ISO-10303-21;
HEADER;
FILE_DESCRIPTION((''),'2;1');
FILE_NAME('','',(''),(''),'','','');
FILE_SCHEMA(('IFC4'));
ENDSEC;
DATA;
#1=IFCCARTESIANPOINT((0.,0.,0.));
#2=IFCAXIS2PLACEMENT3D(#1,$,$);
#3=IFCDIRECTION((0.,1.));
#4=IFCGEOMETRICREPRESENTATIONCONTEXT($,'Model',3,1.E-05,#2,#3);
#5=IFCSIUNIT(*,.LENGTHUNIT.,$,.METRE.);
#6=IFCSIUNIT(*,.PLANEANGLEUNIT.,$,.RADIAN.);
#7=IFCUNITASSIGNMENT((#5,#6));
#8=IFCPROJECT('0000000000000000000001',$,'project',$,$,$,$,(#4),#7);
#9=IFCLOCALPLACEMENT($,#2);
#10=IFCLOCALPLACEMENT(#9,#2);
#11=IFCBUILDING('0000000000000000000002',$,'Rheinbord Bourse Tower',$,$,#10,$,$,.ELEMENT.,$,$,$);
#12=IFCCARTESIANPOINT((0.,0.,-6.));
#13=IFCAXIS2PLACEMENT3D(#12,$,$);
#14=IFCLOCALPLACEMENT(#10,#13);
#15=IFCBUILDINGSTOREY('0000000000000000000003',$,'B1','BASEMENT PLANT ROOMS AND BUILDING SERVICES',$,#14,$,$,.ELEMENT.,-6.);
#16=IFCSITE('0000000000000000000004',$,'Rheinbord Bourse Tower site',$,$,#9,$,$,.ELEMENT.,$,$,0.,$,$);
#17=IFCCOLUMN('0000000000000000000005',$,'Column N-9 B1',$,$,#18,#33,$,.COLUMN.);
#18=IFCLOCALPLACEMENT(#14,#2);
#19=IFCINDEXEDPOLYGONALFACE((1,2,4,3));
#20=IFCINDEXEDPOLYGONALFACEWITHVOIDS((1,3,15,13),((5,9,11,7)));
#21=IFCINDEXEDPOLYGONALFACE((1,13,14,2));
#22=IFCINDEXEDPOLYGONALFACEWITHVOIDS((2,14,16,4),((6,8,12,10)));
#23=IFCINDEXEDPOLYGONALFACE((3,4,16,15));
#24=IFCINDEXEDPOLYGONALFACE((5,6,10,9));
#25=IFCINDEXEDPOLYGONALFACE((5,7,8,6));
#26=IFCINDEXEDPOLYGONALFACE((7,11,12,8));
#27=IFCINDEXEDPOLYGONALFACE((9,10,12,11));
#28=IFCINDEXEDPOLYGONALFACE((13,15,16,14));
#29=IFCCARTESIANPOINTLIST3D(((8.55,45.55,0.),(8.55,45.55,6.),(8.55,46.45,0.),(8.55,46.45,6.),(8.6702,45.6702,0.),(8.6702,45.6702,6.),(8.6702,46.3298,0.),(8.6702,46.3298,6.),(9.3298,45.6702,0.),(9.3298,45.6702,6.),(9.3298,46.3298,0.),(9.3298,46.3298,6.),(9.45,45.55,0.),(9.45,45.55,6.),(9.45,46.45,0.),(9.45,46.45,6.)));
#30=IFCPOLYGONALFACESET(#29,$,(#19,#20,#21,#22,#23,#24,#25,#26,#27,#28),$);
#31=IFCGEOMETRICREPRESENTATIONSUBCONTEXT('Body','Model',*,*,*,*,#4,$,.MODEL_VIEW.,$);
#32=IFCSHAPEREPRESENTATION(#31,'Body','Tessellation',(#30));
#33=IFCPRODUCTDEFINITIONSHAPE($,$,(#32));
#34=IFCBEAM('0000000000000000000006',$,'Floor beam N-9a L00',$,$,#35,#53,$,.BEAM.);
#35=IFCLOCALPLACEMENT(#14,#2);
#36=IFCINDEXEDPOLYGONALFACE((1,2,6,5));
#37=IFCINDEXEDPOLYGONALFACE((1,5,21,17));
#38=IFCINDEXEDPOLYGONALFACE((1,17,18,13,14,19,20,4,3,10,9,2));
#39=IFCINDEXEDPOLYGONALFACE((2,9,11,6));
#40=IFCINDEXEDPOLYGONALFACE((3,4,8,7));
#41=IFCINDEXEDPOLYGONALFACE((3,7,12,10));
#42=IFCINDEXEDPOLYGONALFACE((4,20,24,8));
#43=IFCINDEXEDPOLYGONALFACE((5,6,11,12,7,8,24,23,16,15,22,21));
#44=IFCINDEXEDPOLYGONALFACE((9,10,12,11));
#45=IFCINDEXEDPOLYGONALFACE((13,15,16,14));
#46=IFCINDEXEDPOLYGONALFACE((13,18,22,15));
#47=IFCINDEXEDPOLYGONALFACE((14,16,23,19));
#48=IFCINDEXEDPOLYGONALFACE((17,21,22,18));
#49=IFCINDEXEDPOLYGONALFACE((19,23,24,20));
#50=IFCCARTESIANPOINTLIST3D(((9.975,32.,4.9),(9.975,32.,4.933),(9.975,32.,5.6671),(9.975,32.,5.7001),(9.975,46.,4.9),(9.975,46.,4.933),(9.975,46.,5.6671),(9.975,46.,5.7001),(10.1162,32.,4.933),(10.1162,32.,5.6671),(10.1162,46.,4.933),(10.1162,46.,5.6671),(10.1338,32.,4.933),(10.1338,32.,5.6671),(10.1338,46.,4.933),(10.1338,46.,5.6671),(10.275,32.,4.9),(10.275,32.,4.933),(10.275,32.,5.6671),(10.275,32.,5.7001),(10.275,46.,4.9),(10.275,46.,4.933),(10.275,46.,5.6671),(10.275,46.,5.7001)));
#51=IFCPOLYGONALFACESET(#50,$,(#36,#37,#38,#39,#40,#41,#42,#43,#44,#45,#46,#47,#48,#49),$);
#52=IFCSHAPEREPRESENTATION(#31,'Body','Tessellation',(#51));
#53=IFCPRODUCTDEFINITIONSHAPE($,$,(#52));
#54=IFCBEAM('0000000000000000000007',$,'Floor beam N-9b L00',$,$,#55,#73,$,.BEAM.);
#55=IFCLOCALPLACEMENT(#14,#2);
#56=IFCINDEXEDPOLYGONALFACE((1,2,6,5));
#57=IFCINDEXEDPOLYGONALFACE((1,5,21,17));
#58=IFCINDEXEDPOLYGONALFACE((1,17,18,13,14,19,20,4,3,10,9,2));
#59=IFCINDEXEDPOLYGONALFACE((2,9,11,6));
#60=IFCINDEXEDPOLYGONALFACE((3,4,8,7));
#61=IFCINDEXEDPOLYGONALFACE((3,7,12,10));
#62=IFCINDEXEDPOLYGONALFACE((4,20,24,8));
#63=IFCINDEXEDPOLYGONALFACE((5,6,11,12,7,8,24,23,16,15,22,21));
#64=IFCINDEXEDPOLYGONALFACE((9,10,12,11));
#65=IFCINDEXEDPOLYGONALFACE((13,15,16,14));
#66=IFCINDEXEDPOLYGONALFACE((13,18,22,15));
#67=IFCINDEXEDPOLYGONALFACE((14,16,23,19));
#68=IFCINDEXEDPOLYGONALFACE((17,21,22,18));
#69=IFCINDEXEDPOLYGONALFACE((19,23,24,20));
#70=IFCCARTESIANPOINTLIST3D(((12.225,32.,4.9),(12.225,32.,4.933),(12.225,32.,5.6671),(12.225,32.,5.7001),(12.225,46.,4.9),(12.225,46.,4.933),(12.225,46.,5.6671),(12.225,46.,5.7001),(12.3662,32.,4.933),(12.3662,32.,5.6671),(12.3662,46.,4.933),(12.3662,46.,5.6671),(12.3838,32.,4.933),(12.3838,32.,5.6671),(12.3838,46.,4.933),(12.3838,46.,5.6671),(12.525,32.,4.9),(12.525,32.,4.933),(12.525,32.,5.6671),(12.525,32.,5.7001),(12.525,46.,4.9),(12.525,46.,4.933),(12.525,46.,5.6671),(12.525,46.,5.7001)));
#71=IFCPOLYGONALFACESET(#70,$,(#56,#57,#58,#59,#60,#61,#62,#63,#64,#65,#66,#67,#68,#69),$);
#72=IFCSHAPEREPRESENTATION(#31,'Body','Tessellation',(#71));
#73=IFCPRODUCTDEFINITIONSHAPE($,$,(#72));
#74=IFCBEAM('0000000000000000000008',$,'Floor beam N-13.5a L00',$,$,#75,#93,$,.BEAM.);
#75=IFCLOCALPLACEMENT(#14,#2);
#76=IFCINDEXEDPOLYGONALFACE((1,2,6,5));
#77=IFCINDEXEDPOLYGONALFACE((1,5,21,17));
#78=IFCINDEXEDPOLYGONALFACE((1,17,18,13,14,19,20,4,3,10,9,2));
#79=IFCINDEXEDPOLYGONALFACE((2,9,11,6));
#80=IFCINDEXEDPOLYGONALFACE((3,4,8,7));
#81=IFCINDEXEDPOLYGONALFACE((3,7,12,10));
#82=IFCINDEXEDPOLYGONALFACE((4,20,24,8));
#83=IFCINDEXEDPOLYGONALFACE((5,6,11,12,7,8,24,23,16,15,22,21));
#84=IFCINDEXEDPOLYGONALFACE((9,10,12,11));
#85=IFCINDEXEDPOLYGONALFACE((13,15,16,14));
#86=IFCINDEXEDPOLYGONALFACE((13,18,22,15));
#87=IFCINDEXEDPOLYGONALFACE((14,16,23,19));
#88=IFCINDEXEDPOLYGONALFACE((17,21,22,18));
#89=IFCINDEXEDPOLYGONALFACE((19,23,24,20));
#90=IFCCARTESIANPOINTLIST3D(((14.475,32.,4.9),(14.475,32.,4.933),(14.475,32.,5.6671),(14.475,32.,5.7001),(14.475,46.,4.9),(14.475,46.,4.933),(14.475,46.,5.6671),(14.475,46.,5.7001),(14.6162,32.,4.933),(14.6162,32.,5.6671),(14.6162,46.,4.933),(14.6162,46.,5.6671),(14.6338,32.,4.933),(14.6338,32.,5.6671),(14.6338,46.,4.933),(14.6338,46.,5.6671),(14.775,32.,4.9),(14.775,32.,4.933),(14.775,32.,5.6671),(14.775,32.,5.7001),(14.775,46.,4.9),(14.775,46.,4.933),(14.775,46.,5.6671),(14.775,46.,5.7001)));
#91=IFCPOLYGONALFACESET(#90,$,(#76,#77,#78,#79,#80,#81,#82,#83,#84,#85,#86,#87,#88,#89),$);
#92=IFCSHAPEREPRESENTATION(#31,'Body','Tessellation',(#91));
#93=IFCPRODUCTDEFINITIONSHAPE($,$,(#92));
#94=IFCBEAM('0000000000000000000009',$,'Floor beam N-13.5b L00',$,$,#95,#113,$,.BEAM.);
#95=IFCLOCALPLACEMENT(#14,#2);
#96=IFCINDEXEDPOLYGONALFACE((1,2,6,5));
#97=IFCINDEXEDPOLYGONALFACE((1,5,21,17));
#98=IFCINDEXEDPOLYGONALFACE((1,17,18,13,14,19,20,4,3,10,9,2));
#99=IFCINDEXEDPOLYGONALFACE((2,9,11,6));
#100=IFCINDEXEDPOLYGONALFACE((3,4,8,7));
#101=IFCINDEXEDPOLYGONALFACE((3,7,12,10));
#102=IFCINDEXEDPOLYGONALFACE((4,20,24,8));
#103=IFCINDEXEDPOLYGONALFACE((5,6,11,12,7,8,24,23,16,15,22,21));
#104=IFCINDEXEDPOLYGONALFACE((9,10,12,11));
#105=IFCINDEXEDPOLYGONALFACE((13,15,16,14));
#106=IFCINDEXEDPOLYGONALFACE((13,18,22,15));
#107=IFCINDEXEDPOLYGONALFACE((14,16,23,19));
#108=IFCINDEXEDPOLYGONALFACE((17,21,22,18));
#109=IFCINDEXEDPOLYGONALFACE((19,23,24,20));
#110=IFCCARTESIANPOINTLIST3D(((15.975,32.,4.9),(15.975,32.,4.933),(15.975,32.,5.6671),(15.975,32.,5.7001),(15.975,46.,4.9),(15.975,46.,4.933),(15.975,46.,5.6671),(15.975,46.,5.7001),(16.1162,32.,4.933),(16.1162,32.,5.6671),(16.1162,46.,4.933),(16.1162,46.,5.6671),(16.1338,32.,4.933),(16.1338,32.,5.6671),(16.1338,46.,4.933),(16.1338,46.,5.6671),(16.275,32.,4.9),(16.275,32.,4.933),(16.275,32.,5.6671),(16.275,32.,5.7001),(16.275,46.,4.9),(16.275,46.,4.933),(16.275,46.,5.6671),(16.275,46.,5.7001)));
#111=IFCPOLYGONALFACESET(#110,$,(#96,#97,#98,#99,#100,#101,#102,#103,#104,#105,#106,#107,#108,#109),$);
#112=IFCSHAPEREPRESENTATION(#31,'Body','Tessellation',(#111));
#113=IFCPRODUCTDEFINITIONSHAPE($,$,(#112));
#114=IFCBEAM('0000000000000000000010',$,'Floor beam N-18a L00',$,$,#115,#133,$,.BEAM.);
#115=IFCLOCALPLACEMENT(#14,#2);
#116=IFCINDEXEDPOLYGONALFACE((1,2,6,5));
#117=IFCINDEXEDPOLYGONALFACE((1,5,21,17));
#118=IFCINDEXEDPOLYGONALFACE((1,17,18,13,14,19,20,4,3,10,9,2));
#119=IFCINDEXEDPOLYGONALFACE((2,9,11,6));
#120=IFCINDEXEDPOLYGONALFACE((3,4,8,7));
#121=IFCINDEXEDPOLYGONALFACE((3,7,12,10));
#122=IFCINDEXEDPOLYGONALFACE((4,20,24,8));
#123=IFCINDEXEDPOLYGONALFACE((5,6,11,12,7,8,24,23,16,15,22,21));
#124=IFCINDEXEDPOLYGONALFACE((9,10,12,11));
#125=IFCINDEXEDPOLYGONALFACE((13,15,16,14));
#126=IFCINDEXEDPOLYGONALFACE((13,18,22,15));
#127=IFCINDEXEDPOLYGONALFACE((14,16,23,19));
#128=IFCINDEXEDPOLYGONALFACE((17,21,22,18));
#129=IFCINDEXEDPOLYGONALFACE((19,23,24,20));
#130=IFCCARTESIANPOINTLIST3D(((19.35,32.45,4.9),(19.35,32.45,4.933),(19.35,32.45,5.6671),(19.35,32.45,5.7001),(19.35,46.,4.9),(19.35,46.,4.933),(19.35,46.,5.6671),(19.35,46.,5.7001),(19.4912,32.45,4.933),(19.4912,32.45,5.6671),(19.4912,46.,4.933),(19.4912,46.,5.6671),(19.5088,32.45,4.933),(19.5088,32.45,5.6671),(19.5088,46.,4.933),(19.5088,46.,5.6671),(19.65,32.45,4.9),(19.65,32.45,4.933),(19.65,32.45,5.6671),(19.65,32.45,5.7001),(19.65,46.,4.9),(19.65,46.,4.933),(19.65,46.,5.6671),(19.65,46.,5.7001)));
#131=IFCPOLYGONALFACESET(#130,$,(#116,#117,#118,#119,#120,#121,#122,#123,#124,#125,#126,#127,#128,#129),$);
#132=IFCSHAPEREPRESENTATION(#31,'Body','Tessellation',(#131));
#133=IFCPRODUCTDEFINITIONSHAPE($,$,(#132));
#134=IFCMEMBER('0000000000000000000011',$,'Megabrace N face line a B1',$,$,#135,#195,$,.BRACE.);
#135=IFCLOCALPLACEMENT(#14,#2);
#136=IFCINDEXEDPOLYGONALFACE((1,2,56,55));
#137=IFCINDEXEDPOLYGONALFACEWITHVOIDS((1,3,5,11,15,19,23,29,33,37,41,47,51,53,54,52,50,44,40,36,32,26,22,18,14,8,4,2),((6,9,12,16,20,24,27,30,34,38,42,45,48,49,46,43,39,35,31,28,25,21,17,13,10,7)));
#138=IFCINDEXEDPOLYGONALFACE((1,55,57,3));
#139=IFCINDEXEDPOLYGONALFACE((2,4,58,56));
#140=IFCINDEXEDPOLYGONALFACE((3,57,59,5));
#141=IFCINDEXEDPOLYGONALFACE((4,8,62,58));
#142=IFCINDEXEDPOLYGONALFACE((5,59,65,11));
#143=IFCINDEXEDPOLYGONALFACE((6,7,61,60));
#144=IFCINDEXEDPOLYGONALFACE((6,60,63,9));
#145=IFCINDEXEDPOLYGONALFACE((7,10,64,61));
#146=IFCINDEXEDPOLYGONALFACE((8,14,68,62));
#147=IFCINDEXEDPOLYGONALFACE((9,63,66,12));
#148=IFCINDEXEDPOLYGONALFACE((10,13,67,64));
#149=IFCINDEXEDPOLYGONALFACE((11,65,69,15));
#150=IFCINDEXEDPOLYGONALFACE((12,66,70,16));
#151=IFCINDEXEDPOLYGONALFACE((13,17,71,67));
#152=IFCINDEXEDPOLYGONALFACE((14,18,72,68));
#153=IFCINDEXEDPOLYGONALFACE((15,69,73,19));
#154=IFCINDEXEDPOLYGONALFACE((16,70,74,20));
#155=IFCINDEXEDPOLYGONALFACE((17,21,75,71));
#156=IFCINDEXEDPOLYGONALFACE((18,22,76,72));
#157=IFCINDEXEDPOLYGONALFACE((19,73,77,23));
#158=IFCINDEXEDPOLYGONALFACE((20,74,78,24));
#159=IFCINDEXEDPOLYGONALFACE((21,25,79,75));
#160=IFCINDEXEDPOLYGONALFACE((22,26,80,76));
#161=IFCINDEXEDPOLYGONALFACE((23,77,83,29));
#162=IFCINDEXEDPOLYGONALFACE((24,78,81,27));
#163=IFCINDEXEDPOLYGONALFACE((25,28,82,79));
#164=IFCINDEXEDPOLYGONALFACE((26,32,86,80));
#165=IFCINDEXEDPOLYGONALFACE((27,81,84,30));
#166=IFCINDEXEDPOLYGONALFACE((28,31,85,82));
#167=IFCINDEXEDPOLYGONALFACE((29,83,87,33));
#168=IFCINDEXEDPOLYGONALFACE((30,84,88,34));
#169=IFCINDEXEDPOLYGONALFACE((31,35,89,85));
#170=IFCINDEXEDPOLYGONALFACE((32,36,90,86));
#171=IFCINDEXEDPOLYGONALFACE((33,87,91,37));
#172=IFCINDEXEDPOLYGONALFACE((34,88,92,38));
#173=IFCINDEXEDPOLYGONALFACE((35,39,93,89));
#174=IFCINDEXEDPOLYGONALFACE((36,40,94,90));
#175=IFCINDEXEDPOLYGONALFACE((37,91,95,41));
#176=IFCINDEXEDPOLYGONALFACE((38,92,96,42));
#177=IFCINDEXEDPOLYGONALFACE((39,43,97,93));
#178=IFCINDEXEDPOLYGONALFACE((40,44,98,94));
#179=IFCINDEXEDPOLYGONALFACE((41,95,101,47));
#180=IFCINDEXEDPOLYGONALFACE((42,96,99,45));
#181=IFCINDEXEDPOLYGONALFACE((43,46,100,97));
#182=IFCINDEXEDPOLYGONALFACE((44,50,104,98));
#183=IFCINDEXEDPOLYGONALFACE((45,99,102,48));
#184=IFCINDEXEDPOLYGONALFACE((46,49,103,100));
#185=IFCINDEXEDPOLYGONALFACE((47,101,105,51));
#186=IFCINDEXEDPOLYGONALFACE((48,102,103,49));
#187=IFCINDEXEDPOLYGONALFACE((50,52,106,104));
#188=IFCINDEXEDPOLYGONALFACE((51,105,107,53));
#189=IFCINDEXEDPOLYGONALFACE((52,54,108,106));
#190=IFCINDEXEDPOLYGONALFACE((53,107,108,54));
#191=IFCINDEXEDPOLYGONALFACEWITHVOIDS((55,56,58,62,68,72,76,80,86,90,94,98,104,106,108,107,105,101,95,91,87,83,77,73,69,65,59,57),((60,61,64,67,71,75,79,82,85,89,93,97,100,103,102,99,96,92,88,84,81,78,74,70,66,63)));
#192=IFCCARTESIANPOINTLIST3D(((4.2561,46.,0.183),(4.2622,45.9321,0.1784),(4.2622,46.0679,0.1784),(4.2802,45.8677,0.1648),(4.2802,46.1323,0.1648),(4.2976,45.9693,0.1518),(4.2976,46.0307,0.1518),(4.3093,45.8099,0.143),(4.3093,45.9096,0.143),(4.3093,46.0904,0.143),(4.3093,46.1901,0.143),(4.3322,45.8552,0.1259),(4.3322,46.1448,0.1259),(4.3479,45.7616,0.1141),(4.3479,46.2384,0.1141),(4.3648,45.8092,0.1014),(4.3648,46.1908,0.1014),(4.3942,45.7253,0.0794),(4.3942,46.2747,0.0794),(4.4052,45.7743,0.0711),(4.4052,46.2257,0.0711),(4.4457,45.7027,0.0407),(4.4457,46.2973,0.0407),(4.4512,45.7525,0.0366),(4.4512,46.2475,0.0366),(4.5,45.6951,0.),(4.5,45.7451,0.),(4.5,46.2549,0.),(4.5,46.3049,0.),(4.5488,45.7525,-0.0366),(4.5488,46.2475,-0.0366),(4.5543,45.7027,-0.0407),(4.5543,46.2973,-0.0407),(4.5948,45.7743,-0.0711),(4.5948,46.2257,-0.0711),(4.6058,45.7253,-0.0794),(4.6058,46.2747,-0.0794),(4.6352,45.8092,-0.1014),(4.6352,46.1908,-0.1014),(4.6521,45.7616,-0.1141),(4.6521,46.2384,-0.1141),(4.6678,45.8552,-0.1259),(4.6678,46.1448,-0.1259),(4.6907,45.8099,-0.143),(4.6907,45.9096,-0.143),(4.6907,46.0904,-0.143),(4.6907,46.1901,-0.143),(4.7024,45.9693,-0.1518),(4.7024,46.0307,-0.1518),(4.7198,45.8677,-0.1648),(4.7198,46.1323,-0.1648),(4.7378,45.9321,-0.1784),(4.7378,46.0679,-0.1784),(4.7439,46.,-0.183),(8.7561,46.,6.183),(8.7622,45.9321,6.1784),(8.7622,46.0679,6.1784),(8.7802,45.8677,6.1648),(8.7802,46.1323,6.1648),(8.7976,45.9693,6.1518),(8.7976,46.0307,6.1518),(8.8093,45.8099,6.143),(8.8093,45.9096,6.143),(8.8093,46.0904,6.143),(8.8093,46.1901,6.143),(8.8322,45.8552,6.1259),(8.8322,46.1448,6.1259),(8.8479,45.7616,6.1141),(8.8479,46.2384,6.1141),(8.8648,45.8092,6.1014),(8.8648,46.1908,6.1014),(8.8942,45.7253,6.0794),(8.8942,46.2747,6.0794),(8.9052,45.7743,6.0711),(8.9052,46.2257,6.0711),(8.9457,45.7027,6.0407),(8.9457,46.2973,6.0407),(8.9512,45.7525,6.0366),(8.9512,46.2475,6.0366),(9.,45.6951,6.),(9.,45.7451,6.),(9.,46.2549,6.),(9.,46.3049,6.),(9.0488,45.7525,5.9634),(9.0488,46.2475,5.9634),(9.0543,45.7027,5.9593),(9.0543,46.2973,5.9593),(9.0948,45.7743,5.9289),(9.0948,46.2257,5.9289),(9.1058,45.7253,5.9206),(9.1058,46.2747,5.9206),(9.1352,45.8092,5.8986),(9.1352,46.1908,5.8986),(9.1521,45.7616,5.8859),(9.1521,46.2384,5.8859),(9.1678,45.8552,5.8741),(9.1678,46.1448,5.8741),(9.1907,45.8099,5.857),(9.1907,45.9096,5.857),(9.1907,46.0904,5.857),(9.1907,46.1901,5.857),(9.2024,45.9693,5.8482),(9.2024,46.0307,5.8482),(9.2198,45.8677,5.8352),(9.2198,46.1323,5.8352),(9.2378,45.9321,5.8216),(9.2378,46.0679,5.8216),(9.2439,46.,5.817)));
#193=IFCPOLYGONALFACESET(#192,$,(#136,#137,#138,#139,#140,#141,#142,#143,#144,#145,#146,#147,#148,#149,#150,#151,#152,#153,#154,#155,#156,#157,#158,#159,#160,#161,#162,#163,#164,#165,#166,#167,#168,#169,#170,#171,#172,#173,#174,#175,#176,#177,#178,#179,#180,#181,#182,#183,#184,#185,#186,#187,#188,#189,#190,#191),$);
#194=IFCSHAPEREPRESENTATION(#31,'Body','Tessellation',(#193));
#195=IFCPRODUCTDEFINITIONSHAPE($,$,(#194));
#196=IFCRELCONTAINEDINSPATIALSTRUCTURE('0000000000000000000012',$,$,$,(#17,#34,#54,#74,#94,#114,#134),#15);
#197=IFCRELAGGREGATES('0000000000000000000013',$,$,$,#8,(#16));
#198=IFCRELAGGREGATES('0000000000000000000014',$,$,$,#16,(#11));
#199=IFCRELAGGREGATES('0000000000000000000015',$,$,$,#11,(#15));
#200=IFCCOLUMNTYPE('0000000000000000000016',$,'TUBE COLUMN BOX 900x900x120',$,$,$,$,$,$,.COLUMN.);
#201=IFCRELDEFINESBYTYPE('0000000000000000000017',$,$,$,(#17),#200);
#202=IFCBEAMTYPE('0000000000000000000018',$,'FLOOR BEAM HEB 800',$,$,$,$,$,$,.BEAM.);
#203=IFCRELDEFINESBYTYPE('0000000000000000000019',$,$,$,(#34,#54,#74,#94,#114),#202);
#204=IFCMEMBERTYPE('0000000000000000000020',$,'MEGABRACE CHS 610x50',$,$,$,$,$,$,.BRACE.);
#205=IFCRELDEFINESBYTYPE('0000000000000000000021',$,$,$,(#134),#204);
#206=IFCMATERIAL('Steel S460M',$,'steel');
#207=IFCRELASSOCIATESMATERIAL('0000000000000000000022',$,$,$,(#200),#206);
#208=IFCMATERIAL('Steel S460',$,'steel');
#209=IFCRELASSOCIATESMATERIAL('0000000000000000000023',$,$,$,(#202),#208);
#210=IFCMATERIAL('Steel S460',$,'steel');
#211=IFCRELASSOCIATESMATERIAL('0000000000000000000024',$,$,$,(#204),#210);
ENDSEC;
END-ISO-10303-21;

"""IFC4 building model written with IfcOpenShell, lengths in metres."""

from ifc_helpers import new_model, si_unit, direction, frame, origin, origin_2d, place, context, subcontext, project, spatial, hollow_rectangle, hollow_circle, i_section, extrude, material, material_profile, profile_set, type_object, element, save


model = new_model("IFC4")

# Units and contexts
model_context = context("Model", 3, precision=1e-05, world=origin(), true_north=direction((0.0, 1.0)))
body_context = subcontext(model_context, "Body", "Model", "MODEL_VIEW")
ifc_project = project(units=[si_unit("LENGTHUNIT", "METRE"), si_unit("PLANEANGLEUNIT", "RADIAN")], contexts=[model_context])

# Site, building, storey
site_placement = place(None, origin())
site = spatial("IfcSite", under=ifc_project, at=site_placement, Name="Rheinbord Bourse Tower site", CompositionType="ELEMENT", RefElevation=0.0)
building_placement = place(site_placement, origin())
building = spatial("IfcBuilding", under=site, at=building_placement, Name="Rheinbord Bourse Tower", CompositionType="ELEMENT")
storey_placement = place(building_placement, frame((0.0, 0.0, -6.0)))
storey = spatial("IfcBuildingStorey", under=building, at=storey_placement, Name="B1", Description="BASEMENT PLANT ROOMS AND BUILDING SERVICES", CompositionType="ELEMENT", Elevation=-6.0)

# Column
ifc_material_1 = material(Name="Steel S460M", Category="steel")
ifc_material_profile_1 = material_profile(ifc_material_1, hollow_rectangle(XDim=0.8999, YDim=0.8999, WallThickness=0.1201, at=origin_2d()), Name="BOX 900x900x120")
ifc_profile_set_1 = profile_set([ifc_material_profile_1], Name="Steel S460M")
column_type = type_object("IfcColumnType", Name="TUBE COLUMN BOX 900x900x120", PredefinedType="COLUMN", material=ifc_profile_set_1)
for number, where, z_axis, x_axis, name in (
    (1, (9.0, 46.0, 0.0), (0.0, 0.0, 1.0), (0.0, 1.0, 0.0), "Column N-9 B1"),
):
    element("IfcColumn", number, at=place(storey_placement, frame(where, z_axis=z_axis, x_axis=x_axis)), inside=storey, type_object=column_type, Name=name, PredefinedType="COLUMN", context=body_context, shape_type="SweptSolid", body=[
        extrude(hollow_rectangle(XDim=0.8999, YDim=0.8999, WallThickness=0.1201, at=origin_2d()), origin(), (0.0, 0.0, 1.0), 6.0),
    ])

# Beams
ifc_material_2 = material(Name="Steel S460", Category="steel")
ifc_material_profile_2 = material_profile(ifc_material_2, i_section(OverallWidth=0.3, OverallDepth=0.8, WebThickness=0.0176, FlangeThickness=0.033, at=origin_2d()), Name="HEB 800")
ifc_profile_set_2 = profile_set([ifc_material_profile_2], Name="Steel S460")
beam_type_1 = type_object("IfcBeamType", Name="FLOOR BEAM HEB 800", PredefinedType="BEAM", material=ifc_profile_set_2)
for number, where, z_axis, x_axis, name in (
    (2, (10.125, 46.0, 5.3), (0.0, -1.0, 0.0), (1.0, 0.0, 0.0), "Floor beam N-9a L00"),
    (3, (12.375, 46.0, 5.3), (0.0, -1.0, 0.0), (1.0, 0.0, 0.0), "Floor beam N-9b L00"),
    (4, (14.625, 46.0, 5.3), (0.0, -1.0, 0.0), (1.0, 0.0, 0.0), "Floor beam N-13.5a L00"),
    (5, (16.125, 46.0, 5.3), (0.0, -1.0, 0.0), (1.0, 0.0, 0.0), "Floor beam N-13.5b L00"),
):
    element("IfcBeam", number, at=place(storey_placement, frame(where, z_axis=z_axis, x_axis=x_axis)), inside=storey, type_object=beam_type_1, Name=name, PredefinedType="BEAM", context=body_context, shape_type="SweptSolid", body=[
        extrude(i_section(OverallWidth=0.3, OverallDepth=0.8, WebThickness=0.0176, FlangeThickness=0.033, at=origin_2d()), origin(), (0.0, 0.0, 1.0), 14.0),
    ])
beam_1_placement = place(storey_placement, frame((19.5, 46.0, 5.3), z_axis=(0.0, -1.0, 0.0), x_axis=(1.0, 0.0, 0.0)))
element("IfcBeam", 6, at=beam_1_placement, inside=storey, type_object=beam_type_1, Name="Floor beam N-18a L00", PredefinedType="BEAM", context=body_context, shape_type="SweptSolid", body=[
    extrude(i_section(OverallWidth=0.3, OverallDepth=0.8, WebThickness=0.0176, FlangeThickness=0.033, at=origin_2d()), origin(), (0.0, 0.0, 1.0), 13.55),
])

# Member
ifc_material_3 = material(Name="Steel S460", Category="steel")
ifc_material_profile_3 = material_profile(ifc_material_3, hollow_circle(Radius=0.3049, WallThickness=0.05, at=origin_2d()), Name="CHS 610x50")
ifc_profile_set_3 = profile_set([ifc_material_profile_3], Name="Steel S460")
member_type = type_object("IfcMemberType", Name="MEGABRACE CHS 610x50", PredefinedType="BRACE", material=ifc_profile_set_3)
member_placement = place(storey_placement, frame((4.5, 46.0, 0.0), z_axis=(0.6, 0.0, 0.8), x_axis=(0.0, 1.0, 0.0)))
element("IfcMember", 7, at=member_placement, inside=storey, type_object=member_type, Name="Megabrace N face line a B1", PredefinedType="BRACE", context=body_context, shape_type="SweptSolid", body=[
    extrude(hollow_circle(Radius=0.3049, WallThickness=0.05, at=origin_2d()), origin(), (0.0, 0.0, 1.0), 7.5),
])

save(model, "model.ifc")
